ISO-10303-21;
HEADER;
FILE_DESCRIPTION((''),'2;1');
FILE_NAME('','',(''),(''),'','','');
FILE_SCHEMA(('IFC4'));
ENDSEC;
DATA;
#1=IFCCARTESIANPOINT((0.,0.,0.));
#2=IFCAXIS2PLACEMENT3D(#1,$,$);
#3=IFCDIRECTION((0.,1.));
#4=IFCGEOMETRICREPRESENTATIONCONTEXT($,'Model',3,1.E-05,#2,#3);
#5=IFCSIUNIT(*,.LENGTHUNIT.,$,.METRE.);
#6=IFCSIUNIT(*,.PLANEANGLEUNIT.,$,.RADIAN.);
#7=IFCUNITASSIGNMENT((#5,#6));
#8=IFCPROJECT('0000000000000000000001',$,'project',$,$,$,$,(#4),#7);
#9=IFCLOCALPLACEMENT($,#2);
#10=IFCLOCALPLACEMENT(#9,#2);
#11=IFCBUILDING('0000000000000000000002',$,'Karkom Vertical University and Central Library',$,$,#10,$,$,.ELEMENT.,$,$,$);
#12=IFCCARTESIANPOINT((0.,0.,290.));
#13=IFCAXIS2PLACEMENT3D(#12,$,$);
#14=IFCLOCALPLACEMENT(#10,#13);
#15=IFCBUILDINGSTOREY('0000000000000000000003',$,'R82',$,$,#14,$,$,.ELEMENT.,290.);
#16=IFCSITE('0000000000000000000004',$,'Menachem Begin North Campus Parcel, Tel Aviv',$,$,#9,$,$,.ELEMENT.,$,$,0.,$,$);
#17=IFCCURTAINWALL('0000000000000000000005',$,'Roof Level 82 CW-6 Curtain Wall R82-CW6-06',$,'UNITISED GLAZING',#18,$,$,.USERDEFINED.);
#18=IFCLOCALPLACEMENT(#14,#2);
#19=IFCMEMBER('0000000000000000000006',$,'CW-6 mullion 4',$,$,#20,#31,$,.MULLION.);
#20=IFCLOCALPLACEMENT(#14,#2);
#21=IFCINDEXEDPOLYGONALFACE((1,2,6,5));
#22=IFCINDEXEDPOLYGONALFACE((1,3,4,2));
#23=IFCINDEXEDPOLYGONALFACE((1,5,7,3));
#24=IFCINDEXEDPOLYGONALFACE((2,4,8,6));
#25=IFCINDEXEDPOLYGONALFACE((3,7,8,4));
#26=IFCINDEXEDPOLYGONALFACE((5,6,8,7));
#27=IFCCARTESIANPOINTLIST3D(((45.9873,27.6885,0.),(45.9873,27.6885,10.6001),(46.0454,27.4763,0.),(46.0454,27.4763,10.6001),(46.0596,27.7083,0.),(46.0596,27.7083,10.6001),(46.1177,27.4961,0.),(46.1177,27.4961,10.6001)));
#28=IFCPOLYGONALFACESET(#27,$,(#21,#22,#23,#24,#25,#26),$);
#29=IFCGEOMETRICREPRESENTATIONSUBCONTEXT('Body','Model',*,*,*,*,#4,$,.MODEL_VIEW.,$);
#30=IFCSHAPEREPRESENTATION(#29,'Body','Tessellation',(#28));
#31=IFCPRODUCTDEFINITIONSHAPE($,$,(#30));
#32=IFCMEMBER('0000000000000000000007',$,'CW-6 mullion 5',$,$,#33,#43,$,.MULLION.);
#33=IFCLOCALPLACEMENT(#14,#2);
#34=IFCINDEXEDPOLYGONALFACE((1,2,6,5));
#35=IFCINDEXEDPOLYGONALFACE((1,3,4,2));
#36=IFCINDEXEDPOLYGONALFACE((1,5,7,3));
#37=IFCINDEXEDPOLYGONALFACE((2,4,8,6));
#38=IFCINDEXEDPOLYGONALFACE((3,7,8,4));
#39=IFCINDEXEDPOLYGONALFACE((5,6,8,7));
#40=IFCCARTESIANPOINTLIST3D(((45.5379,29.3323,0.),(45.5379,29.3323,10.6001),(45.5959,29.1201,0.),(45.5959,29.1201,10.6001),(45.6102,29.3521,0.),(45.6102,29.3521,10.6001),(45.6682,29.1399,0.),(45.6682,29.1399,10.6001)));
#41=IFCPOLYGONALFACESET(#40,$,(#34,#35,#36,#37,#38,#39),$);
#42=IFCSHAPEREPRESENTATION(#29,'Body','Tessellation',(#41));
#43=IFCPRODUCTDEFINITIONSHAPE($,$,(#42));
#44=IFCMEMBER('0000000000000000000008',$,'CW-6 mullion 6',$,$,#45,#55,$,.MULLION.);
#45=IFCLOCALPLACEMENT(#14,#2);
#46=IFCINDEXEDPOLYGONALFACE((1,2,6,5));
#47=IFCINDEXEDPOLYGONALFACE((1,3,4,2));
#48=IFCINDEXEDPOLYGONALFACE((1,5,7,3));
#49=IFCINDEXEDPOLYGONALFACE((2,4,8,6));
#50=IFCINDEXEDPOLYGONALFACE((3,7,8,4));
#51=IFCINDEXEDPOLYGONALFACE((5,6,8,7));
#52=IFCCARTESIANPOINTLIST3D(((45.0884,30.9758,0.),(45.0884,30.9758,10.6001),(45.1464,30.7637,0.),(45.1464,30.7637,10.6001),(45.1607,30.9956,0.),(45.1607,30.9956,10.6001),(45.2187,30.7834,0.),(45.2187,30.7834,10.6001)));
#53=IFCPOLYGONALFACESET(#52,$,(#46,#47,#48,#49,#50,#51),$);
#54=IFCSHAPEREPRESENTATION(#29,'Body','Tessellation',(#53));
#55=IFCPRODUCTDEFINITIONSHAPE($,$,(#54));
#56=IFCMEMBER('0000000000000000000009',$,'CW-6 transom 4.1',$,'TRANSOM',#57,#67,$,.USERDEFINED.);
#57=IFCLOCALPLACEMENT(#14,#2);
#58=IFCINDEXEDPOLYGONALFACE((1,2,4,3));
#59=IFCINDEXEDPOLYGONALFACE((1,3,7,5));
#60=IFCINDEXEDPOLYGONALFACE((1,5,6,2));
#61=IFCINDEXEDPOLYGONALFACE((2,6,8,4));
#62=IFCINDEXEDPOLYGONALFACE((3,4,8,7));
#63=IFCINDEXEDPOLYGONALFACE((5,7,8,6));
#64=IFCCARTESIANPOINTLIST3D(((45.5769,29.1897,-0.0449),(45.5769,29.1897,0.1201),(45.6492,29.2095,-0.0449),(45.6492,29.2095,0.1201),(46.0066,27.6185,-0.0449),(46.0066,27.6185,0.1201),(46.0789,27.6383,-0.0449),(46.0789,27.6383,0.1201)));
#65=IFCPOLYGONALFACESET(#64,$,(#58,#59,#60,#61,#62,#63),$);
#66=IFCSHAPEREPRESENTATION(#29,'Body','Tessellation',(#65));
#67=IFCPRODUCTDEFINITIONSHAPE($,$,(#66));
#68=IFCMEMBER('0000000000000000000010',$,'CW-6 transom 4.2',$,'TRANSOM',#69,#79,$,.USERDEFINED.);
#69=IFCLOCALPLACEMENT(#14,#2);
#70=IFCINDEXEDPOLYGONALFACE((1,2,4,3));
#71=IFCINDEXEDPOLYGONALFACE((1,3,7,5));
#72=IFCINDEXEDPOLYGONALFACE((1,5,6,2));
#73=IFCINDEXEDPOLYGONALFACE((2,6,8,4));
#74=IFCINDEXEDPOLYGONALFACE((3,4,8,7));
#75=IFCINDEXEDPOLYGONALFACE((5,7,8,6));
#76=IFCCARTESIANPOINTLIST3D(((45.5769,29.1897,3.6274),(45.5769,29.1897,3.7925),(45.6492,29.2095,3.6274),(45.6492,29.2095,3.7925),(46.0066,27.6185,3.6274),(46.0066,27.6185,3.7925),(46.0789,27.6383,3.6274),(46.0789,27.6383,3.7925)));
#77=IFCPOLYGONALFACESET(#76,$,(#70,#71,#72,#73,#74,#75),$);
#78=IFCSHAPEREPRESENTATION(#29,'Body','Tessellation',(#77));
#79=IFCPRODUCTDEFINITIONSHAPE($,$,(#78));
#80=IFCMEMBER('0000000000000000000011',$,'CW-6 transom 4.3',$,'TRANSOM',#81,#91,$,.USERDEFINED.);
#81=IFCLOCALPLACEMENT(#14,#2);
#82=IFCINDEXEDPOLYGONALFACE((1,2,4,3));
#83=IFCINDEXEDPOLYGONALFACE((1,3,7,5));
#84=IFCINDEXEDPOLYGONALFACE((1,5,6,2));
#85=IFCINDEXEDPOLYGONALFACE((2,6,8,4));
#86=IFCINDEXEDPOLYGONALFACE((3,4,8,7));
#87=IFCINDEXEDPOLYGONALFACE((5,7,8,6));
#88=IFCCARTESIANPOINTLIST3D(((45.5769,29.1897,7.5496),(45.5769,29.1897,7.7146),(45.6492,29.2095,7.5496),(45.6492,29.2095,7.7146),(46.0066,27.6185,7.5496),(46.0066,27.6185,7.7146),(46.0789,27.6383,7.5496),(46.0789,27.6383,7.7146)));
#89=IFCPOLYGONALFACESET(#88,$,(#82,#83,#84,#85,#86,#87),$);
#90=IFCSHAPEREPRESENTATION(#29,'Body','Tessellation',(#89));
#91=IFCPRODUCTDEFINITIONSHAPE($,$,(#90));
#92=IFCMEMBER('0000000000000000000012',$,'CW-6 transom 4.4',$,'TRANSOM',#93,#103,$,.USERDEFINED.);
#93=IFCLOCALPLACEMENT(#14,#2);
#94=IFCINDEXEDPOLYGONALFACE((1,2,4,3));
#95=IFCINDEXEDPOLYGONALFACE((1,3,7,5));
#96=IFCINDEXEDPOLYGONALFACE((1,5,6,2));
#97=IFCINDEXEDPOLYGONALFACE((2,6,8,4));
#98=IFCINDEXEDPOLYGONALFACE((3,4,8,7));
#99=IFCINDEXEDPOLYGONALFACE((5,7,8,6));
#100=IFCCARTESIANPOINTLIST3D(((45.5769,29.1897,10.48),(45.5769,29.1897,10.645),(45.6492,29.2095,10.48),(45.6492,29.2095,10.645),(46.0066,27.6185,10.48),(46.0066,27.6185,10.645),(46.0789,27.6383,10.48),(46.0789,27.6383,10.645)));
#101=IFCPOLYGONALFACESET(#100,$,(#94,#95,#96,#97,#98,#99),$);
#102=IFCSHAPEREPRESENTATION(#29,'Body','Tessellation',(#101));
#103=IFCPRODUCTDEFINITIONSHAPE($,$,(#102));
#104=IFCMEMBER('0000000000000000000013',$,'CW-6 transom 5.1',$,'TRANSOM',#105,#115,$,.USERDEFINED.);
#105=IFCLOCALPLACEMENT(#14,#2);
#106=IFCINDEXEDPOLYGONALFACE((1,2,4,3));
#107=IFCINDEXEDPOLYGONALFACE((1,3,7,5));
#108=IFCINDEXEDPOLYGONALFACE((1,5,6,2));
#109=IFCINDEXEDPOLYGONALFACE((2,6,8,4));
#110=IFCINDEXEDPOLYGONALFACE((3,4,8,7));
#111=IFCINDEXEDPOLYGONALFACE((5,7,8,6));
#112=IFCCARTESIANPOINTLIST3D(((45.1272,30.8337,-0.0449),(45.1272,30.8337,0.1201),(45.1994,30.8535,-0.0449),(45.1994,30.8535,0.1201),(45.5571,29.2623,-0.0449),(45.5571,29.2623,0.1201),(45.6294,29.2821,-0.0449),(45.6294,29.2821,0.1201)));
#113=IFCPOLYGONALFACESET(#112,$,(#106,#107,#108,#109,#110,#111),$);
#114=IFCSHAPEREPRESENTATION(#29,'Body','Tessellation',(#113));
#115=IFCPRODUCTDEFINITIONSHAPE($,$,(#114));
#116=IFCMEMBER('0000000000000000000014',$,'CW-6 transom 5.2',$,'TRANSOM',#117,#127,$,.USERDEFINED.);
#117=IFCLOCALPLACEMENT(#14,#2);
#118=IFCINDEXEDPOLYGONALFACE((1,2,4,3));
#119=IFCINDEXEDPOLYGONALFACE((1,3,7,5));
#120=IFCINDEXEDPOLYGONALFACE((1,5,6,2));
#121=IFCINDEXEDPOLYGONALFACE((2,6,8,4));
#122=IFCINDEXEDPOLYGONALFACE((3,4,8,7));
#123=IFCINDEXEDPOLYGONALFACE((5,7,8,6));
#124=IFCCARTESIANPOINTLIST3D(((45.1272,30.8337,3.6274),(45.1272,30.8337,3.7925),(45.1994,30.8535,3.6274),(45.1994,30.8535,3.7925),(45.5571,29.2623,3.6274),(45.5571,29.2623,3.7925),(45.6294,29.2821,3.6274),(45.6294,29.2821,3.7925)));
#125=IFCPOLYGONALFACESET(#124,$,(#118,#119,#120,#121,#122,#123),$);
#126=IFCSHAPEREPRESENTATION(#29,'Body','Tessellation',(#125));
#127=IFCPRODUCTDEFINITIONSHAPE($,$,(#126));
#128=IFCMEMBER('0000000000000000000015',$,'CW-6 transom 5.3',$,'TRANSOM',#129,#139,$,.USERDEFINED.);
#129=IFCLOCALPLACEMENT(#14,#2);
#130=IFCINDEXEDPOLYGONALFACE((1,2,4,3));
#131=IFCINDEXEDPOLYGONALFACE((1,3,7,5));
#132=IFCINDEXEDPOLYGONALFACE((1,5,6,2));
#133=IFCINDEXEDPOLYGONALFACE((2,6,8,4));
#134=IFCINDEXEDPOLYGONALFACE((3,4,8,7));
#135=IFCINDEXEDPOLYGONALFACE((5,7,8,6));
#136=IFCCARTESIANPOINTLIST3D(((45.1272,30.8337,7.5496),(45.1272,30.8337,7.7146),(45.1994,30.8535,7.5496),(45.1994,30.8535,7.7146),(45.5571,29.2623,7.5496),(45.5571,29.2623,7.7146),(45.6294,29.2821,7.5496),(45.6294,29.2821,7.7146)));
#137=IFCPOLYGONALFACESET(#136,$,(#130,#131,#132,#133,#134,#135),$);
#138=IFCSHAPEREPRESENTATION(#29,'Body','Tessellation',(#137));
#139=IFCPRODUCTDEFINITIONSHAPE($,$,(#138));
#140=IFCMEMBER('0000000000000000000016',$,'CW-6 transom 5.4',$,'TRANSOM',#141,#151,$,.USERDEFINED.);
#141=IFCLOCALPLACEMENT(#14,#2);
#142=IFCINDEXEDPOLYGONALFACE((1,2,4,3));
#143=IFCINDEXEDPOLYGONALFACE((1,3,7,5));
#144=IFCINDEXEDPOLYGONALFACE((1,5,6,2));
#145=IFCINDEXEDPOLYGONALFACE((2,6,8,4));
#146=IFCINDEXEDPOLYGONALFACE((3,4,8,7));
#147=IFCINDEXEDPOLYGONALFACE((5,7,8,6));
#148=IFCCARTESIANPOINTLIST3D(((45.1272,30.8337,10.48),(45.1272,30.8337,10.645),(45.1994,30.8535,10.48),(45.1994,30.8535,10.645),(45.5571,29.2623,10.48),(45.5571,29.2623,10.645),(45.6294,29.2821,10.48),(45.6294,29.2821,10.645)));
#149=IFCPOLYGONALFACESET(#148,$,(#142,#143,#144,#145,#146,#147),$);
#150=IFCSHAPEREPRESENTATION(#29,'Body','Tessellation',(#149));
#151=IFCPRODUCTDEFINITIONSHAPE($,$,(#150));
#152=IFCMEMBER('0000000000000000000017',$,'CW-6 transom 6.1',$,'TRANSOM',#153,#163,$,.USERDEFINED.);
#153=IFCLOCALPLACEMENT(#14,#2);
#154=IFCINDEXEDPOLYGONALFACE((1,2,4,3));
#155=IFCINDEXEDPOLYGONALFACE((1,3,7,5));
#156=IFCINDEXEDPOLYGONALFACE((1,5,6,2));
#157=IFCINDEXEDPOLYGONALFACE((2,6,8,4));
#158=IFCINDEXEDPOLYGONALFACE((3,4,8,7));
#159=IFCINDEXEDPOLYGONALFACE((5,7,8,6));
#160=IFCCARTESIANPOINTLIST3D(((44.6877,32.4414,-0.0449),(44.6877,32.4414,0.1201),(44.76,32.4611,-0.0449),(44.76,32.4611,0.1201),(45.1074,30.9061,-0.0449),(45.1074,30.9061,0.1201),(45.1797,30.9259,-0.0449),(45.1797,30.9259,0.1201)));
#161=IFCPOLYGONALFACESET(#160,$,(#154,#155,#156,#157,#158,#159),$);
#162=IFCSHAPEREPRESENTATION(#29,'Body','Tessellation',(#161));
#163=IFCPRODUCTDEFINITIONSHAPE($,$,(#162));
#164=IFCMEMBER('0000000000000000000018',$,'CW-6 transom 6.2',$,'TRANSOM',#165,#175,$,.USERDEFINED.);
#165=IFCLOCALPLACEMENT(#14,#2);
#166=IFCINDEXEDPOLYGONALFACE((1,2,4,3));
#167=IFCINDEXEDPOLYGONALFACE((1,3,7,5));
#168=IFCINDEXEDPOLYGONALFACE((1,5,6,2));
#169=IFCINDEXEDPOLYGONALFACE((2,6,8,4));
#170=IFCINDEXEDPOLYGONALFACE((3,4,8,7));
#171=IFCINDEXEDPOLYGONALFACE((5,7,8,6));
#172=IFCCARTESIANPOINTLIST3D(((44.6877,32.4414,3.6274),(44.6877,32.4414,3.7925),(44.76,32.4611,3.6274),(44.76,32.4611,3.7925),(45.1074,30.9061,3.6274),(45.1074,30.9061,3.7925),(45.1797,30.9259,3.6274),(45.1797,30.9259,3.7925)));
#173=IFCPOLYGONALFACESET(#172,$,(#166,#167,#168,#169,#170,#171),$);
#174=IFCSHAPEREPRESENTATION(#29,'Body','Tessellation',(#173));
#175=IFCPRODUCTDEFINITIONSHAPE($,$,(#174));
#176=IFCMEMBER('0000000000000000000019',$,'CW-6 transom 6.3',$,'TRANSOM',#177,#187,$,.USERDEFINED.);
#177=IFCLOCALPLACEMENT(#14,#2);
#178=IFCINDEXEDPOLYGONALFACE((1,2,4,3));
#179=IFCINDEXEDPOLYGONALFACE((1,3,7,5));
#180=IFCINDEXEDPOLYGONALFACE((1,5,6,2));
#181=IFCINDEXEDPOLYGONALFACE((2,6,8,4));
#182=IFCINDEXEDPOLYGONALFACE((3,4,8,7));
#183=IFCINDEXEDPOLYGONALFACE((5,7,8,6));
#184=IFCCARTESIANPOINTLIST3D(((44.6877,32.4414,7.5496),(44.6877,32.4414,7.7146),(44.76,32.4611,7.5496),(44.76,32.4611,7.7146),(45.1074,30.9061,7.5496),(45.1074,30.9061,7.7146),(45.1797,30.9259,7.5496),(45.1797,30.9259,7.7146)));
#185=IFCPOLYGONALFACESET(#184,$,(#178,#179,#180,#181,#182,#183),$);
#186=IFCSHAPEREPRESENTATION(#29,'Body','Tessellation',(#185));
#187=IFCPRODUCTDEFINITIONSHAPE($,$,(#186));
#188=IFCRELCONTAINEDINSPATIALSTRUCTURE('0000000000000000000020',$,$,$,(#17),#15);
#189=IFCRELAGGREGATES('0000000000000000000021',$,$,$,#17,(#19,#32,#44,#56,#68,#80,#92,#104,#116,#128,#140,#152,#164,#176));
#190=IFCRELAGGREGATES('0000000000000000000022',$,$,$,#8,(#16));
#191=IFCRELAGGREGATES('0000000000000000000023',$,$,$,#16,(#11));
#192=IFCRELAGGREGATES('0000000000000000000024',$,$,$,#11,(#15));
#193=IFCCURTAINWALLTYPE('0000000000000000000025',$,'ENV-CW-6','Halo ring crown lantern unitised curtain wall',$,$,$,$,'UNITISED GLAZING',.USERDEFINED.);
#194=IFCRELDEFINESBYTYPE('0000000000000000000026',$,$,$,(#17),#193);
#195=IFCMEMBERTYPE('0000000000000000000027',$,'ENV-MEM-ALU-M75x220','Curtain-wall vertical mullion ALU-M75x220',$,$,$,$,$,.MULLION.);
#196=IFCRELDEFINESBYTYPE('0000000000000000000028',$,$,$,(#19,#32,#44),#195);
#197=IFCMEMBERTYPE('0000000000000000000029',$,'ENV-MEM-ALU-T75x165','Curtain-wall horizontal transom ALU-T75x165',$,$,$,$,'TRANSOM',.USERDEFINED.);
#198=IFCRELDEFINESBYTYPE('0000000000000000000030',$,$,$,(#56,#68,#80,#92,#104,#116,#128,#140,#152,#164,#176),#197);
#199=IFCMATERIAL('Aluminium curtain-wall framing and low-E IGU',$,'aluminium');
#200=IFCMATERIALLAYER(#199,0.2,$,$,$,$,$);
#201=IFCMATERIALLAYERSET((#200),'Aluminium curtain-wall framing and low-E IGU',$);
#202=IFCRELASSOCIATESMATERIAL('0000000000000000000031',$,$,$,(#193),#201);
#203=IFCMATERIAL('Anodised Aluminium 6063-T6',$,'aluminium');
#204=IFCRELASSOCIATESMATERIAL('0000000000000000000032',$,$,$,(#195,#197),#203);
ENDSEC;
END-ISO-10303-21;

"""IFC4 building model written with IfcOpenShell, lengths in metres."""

from ifc_helpers import new_model, si_unit, direction, frame, origin, origin_with_axes, origin_2d, place, context, subcontext, project, spatial, rectangle, extrude, source, transform, mapped, material, layer, layer_set, material_profile, profile_set, type_object, element, aggregate, save


model = new_model("IFC4")

# Units and contexts
model_context = context("Model", 3, precision=1e-05, world=origin(), true_north=direction((0.0, 1.0)))
body_context = subcontext(model_context, "Body", "Model", "MODEL_VIEW")
ifc_project = project(units=[si_unit("LENGTHUNIT", "METRE"), si_unit("PLANEANGLEUNIT", "RADIAN")], contexts=[model_context])

# Site, building, storey
site_placement = place(None, origin())
site = spatial("IfcSite", under=ifc_project, at=site_placement, Name="Menachem Begin North Campus Parcel, Tel Aviv", CompositionType="ELEMENT", RefElevation=0.0)
building_placement = place(site_placement, origin())
building = spatial("IfcBuilding", under=site, at=building_placement, Name="Karkom Vertical University and Central Library", CompositionType="ELEMENT")
storey_placement = place(building_placement, frame((0.0, 0.0, 290.0)))
storey = spatial("IfcBuildingStorey", under=building, at=storey_placement, Name="R82", CompositionType="ELEMENT", Elevation=290.0)

# Curtain wall, members
ifc_material_1 = material(Name="Aluminium curtain-wall framing and low-E IGU", Category="aluminium")
ifc_layer_1 = layer(ifc_material_1, 0.2)
ifc_layer_set_1 = layer_set([ifc_layer_1], Name="Aluminium curtain-wall framing and low-E IGU")
curtain_wall_type = type_object("IfcCurtainWallType", Name="ENV-CW-6", Description="Halo ring crown lantern unitised curtain wall", ElementType="UNITISED GLAZING", PredefinedType="USERDEFINED", material=ifc_layer_set_1)
curtain_wall_placement = place(storey_placement, origin())
curtain_wall = element("IfcCurtainWall", 1, at=curtain_wall_placement, inside=storey, type_object=curtain_wall_type, Name="Roof Level 82 CW-6 Curtain Wall R82-CW6-06", ObjectType="UNITISED GLAZING", PredefinedType="USERDEFINED")
ifc_material_2 = material(Name="Anodised Aluminium 6063-T6", Category="aluminium")
ifc_material_profile_1 = material_profile(ifc_material_2, rectangle(XDim=0.075, YDim=0.22, at=origin_2d()), Name="ALU-M75x220")
ifc_profile_set_1 = profile_set([ifc_material_profile_1], Name="Anodised Aluminium 6063-T6")
member_type_1 = type_object("IfcMemberType", Name="ENV-MEM-ALU-M75x220", Description="Curtain-wall vertical mullion ALU-M75x220", PredefinedType="MULLION", material=ifc_profile_set_1)
shared_shape_1 = source(origin_with_axes(), body_context, "Body", "SweptSolid", [
    extrude(rectangle(XDim=0.075, YDim=0.22, at=origin_2d()), origin(), (0.0, 0.0, 1.0), 10.6001),
])
member_1_placement = place(storey_placement, frame((46.0525, 27.5923, 0.0), z_axis=(0.0, 0.0, 1.0), x_axis=(-0.96458, -0.263791, 0.0)))
member_1 = element("IfcMember", 2, at=member_1_placement, type_object=member_type_1, Name="CW-6 mullion 4", PredefinedType="MULLION", context=body_context, shape_type="MappedRepresentation", body=[
    mapped(shared_shape_1, transform((0.0, 0.0, 0.0), scale=1.0)),
])
member_2_placement = place(storey_placement, frame((45.603, 29.2361, 0.0), z_axis=(0.0, 0.0, 1.0), x_axis=(-0.96458, -0.263791, 0.0)))
member_2 = element("IfcMember", 3, at=member_2_placement, type_object=member_type_1, Name="CW-6 mullion 5", PredefinedType="MULLION", context=body_context, shape_type="MappedRepresentation", body=[
    mapped(shared_shape_1, transform((0.0, 0.0, 0.0), scale=1.0)),
])
member_3_placement = place(storey_placement, frame((45.1536, 30.8796, 0.0), z_axis=(0.0, 0.0, 1.0), x_axis=(-0.96458, -0.263791, 0.0)))
member_3 = element("IfcMember", 4, at=member_3_placement, type_object=member_type_1, Name="CW-6 mullion 6", PredefinedType="MULLION", context=body_context, shape_type="MappedRepresentation", body=[
    mapped(shared_shape_1, transform((0.0, 0.0, 0.0), scale=1.0)),
])
ifc_material_profile_2 = material_profile(ifc_material_2, rectangle(XDim=0.075, YDim=0.165, at=origin_2d()), Name="ALU-T75x165")
ifc_profile_set_2 = profile_set([ifc_material_profile_2], Name="Anodised Aluminium 6063-T6")
member_type_2 = type_object("IfcMemberType", Name="ENV-MEM-ALU-T75x165", Description="Curtain-wall horizontal transom ALU-T75x165", ElementType="TRANSOM", PredefinedType="USERDEFINED", material=ifc_profile_set_2)
shared_shape_2 = source(origin_with_axes(), body_context, "Body", "SweptSolid", [
    extrude(rectangle(XDim=0.075, YDim=0.165, at=origin_2d()), origin(), (0.0, 0.0, 1.0), 1.6289),
])
member_4_placement = place(storey_placement, frame((46.0427, 27.6284, 0.0376), z_axis=(-0.263777, 0.964584, 0.0), x_axis=(-0.964584, -0.263777, 0.0)))
member_4 = element("IfcMember", 5, at=member_4_placement, type_object=member_type_2, Name="CW-6 transom 4.1", ObjectType="TRANSOM", PredefinedType="USERDEFINED", context=body_context, shape_type="MappedRepresentation", body=[
    mapped(shared_shape_2, transform((0.0, 0.0, 0.0), scale=1.0)),
])
member_5_placement = place(storey_placement, frame((46.0427, 27.6284, 3.71), z_axis=(-0.263777, 0.964584, 0.0), x_axis=(-0.964584, -0.263777, 0.0)))
member_5 = element("IfcMember", 6, at=member_5_placement, type_object=member_type_2, Name="CW-6 transom 4.2", ObjectType="TRANSOM", PredefinedType="USERDEFINED", context=body_context, shape_type="MappedRepresentation", body=[
    mapped(shared_shape_2, transform((0.0, 0.0, 0.0), scale=1.0)),
])
member_6_placement = place(storey_placement, frame((46.0427, 27.6284, 7.6321), z_axis=(-0.263777, 0.964584, 0.0), x_axis=(-0.964584, -0.263777, 0.0)))
member_6 = element("IfcMember", 7, at=member_6_placement, type_object=member_type_2, Name="CW-6 transom 4.3", ObjectType="TRANSOM", PredefinedType="USERDEFINED", context=body_context, shape_type="MappedRepresentation", body=[
    mapped(shared_shape_2, transform((0.0, 0.0, 0.0), scale=1.0)),
])
member_7_placement = place(storey_placement, frame((46.0427, 27.6284, 10.5625), z_axis=(-0.263777, 0.964584, 0.0), x_axis=(-0.964584, -0.263777, 0.0)))
member_7 = element("IfcMember", 8, at=member_7_placement, type_object=member_type_2, Name="CW-6 transom 4.4", ObjectType="TRANSOM", PredefinedType="USERDEFINED", context=body_context, shape_type="MappedRepresentation", body=[
    mapped(shared_shape_2, transform((0.0, 0.0, 0.0), scale=1.0)),
])
shared_shape_3 = source(origin_with_axes(), body_context, "Body", "SweptSolid", [
    extrude(rectangle(XDim=0.075, YDim=0.165, at=origin_2d()), origin(), (0.0, 0.0, 1.0), 1.6292),
])
member_8_placement = place(storey_placement, frame((45.5933, 29.2722, 0.0376), z_axis=(-0.263916, 0.964546, 0.0), x_axis=(-0.964546, -0.263916, 0.0)))
member_8 = element("IfcMember", 9, at=member_8_placement, type_object=member_type_2, Name="CW-6 transom 5.1", ObjectType="TRANSOM", PredefinedType="USERDEFINED", context=body_context, shape_type="MappedRepresentation", body=[
    mapped(shared_shape_3, transform((0.0, 0.0, 0.0), scale=1.0)),
])
member_9_placement = place(storey_placement, frame((45.5933, 29.2722, 3.71), z_axis=(-0.263916, 0.964546, 0.0), x_axis=(-0.964546, -0.263916, 0.0)))
member_9 = element("IfcMember", 10, at=member_9_placement, type_object=member_type_2, Name="CW-6 transom 5.2", ObjectType="TRANSOM", PredefinedType="USERDEFINED", context=body_context, shape_type="MappedRepresentation", body=[
    mapped(shared_shape_3, transform((0.0, 0.0, 0.0), scale=1.0)),
])
member_10_placement = place(storey_placement, frame((45.5933, 29.2722, 7.6321), z_axis=(-0.263916, 0.964546, 0.0), x_axis=(-0.964546, -0.263916, 0.0)))
member_10 = element("IfcMember", 11, at=member_10_placement, type_object=member_type_2, Name="CW-6 transom 5.3", ObjectType="TRANSOM", PredefinedType="USERDEFINED", context=body_context, shape_type="MappedRepresentation", body=[
    mapped(shared_shape_3, transform((0.0, 0.0, 0.0), scale=1.0)),
])
member_11_placement = place(storey_placement, frame((45.5933, 29.2722, 10.5625), z_axis=(-0.263916, 0.964546, 0.0), x_axis=(-0.964546, -0.263916, 0.0)))
member_11 = element("IfcMember", 12, at=member_11_placement, type_object=member_type_2, Name="CW-6 transom 5.4", ObjectType="TRANSOM", PredefinedType="USERDEFINED", context=body_context, shape_type="MappedRepresentation", body=[
    mapped(shared_shape_3, transform((0.0, 0.0, 0.0), scale=1.0)),
])
shared_shape_4 = source(origin_with_axes(), body_context, "Body", "SweptSolid", [
    extrude(rectangle(XDim=0.075, YDim=0.165, at=origin_2d()), origin(), (0.0, 0.0, 1.0), 1.5916),
])
member_12_placement = place(storey_placement, frame((45.1436, 30.916, 0.0376), z_axis=(-0.263701, 0.964604, 0.0), x_axis=(-0.964604, -0.263701, 0.0)))
member_12 = element("IfcMember", 13, at=member_12_placement, type_object=member_type_2, Name="CW-6 transom 6.1", ObjectType="TRANSOM", PredefinedType="USERDEFINED", context=body_context, shape_type="MappedRepresentation", body=[
    mapped(shared_shape_4, transform((0.0, 0.0, 0.0), scale=1.0)),
])
member_13_placement = place(storey_placement, frame((45.1436, 30.916, 3.71), z_axis=(-0.263701, 0.964604, 0.0), x_axis=(-0.964604, -0.263701, 0.0)))
member_13 = element("IfcMember", 14, at=member_13_placement, type_object=member_type_2, Name="CW-6 transom 6.2", ObjectType="TRANSOM", PredefinedType="USERDEFINED", context=body_context, shape_type="MappedRepresentation", body=[
    mapped(shared_shape_4, transform((0.0, 0.0, 0.0), scale=1.0)),
])
member_14_placement = place(storey_placement, frame((45.1436, 30.916, 7.6321), z_axis=(-0.263701, 0.964604, 0.0), x_axis=(-0.964604, -0.263701, 0.0)))
member_14 = element("IfcMember", 15, at=member_14_placement, type_object=member_type_2, Name="CW-6 transom 6.3", ObjectType="TRANSOM", PredefinedType="USERDEFINED", context=body_context, shape_type="MappedRepresentation", body=[
    mapped(shared_shape_4, transform((0.0, 0.0, 0.0), scale=1.0)),
])
aggregate(curtain_wall, [member_1, member_2, member_3, member_4, member_5, member_6, member_7, member_8, member_9, member_10, member_11, member_12, member_13, member_14])

save(model, "model.ifc")
